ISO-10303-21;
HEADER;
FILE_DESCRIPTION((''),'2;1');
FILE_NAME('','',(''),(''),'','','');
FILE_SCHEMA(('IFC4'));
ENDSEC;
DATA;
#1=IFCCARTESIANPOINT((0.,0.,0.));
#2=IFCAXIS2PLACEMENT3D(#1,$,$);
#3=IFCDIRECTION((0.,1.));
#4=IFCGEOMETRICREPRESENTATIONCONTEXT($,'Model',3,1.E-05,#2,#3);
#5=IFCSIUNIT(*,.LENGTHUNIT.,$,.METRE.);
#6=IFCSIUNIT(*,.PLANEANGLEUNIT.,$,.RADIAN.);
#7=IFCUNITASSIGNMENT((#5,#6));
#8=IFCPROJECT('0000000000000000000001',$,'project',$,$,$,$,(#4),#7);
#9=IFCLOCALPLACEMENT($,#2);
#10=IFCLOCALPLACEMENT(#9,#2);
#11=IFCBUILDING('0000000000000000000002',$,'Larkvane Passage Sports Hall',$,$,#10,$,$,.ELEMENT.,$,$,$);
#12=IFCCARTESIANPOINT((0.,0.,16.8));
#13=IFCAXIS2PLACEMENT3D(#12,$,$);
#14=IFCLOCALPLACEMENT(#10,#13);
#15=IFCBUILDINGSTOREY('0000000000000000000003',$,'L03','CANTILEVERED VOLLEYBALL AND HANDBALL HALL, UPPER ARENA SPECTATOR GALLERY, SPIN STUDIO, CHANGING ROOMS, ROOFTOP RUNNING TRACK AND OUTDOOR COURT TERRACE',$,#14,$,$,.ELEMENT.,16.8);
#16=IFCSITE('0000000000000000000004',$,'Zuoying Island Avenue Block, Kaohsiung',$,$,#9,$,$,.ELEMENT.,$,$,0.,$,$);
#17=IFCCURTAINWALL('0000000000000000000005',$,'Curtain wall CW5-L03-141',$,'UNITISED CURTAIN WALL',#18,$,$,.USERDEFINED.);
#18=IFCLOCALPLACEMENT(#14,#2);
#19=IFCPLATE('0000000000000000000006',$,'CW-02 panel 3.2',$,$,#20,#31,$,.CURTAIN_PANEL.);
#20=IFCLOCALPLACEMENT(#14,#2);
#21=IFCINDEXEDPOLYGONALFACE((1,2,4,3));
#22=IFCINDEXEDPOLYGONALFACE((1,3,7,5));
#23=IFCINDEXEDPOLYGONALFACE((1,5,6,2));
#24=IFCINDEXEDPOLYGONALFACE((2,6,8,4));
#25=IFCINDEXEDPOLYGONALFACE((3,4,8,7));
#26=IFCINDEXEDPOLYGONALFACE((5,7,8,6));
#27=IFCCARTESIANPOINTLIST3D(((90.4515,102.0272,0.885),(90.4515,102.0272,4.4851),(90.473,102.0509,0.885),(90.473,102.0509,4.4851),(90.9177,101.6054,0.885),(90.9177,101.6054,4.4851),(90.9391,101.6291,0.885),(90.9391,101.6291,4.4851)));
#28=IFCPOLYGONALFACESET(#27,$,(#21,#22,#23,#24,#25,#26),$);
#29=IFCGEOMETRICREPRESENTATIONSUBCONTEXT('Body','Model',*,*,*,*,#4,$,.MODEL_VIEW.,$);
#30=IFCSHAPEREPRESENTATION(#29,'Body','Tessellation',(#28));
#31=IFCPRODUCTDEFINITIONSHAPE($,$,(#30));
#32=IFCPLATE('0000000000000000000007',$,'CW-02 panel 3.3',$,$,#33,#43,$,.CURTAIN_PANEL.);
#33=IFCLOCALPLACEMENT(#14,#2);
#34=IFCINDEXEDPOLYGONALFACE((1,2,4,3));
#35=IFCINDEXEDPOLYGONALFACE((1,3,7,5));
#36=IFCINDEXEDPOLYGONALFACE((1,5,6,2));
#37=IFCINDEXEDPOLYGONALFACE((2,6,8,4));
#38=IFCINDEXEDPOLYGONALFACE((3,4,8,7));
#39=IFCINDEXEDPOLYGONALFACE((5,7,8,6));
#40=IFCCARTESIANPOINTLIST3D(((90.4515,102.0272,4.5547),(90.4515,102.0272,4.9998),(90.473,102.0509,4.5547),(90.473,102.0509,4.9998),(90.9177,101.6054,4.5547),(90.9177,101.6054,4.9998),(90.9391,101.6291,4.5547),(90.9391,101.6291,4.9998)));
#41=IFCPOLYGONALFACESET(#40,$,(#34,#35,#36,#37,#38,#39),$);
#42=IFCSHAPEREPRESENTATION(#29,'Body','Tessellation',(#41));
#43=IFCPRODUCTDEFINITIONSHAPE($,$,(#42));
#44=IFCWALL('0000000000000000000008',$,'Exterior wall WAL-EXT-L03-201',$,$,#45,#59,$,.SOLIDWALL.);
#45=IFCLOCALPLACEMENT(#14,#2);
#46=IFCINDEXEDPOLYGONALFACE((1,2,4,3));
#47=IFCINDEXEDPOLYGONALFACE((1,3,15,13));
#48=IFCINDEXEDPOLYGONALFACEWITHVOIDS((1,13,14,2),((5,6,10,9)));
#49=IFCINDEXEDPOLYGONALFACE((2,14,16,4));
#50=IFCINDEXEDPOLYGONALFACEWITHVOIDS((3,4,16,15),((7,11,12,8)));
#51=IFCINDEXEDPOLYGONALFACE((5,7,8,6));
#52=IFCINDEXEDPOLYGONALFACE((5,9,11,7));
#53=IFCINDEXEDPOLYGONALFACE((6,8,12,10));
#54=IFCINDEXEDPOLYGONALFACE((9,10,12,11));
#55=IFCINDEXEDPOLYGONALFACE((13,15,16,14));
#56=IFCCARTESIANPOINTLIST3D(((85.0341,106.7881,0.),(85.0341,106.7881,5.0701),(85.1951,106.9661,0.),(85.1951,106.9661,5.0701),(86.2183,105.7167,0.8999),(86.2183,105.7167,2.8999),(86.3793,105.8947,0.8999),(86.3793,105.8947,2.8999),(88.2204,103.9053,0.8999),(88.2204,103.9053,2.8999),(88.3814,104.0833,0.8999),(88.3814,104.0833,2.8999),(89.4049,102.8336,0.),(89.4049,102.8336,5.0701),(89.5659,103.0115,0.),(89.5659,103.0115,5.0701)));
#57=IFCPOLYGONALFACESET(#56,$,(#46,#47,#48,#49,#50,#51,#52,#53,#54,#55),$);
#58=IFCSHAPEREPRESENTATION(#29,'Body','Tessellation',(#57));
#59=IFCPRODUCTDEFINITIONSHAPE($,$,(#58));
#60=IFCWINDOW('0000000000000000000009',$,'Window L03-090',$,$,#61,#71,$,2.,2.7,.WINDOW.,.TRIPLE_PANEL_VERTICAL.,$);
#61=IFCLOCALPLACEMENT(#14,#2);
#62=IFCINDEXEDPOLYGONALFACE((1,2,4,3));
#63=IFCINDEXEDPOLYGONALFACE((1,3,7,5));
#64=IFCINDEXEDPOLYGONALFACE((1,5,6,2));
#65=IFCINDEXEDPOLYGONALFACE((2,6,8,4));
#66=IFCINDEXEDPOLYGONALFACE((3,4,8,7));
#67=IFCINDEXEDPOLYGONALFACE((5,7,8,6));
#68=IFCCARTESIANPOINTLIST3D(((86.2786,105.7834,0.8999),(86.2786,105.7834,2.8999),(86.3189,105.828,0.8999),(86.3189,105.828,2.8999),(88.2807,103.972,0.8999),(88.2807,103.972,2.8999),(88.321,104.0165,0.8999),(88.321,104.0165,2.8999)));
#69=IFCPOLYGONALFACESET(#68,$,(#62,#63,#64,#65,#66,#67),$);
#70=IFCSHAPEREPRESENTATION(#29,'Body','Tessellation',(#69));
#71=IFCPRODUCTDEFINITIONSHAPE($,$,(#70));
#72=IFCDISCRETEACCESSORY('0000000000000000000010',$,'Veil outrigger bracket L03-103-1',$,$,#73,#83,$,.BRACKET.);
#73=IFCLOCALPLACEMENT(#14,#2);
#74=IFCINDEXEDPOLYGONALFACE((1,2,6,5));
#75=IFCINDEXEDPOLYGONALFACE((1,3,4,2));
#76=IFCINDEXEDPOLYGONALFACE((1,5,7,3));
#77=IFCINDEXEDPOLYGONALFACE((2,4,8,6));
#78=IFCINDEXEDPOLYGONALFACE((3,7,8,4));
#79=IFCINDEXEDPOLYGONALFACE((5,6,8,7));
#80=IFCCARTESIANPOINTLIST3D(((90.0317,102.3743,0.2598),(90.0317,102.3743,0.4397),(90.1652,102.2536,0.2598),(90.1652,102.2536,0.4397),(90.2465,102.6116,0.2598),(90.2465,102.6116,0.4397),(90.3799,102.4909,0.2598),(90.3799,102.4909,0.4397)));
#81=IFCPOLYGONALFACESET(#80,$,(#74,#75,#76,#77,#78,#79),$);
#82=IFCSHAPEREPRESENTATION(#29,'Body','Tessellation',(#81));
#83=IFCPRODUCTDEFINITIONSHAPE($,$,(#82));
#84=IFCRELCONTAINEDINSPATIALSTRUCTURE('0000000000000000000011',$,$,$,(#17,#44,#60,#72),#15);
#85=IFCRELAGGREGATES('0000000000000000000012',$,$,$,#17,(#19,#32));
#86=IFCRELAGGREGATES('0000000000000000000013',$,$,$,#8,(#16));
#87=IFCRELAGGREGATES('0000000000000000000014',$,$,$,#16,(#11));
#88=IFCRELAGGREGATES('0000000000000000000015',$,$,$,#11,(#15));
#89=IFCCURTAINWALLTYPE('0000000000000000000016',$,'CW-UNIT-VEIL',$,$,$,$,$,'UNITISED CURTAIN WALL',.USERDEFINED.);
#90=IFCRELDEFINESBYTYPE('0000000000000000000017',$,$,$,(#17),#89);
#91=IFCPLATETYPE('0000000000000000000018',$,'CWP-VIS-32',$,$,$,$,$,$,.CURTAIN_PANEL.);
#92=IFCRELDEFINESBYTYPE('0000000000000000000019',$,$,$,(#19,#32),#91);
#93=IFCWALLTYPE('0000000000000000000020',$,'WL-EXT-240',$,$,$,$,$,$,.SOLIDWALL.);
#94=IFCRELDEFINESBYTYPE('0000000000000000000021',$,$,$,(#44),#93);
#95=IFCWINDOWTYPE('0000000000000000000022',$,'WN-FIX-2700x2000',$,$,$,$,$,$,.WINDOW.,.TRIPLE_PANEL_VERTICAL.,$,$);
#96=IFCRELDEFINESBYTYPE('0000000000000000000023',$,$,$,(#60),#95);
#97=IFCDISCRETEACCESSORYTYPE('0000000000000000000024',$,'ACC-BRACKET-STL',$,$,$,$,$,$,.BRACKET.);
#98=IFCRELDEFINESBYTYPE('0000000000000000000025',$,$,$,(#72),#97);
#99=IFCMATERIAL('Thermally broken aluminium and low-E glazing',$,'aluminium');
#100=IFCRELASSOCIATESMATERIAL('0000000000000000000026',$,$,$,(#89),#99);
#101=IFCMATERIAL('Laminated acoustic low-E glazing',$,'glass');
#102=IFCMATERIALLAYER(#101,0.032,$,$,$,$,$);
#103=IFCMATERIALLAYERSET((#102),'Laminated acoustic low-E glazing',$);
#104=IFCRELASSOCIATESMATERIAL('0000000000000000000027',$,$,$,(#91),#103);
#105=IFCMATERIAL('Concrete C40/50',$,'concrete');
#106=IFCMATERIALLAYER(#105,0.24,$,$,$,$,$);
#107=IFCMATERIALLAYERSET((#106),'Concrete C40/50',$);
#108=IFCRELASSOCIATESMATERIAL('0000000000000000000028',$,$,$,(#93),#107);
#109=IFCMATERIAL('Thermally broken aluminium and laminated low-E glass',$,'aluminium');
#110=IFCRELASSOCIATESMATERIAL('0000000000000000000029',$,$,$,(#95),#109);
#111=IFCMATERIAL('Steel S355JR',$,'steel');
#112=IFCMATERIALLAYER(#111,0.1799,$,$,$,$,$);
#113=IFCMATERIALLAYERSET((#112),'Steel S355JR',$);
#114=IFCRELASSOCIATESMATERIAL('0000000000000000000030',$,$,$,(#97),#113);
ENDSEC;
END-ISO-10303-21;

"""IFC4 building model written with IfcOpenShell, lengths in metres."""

from ifc_helpers import new_model, si_unit, direction, frame, frame_2d, origin, origin_2d, place, context, subcontext, project, spatial, rectangle, extrude, material, layer, layer_set, type_object, element, fill, aggregate, save


model = new_model("IFC4")

# Units and contexts
model_context = context("Model", 3, precision=1e-05, world=origin(), true_north=direction((0.0, 1.0)))
body_context = subcontext(model_context, "Body", "Model", "MODEL_VIEW")
ifc_project = project(units=[si_unit("LENGTHUNIT", "METRE"), si_unit("PLANEANGLEUNIT", "RADIAN")], contexts=[model_context])

# Site, building, storey
site_placement = place(None, origin())
site = spatial("IfcSite", under=ifc_project, at=site_placement, Name="Zuoying Island Avenue Block, Kaohsiung", CompositionType="ELEMENT", RefElevation=0.0)
building_placement = place(site_placement, origin())
building = spatial("IfcBuilding", under=site, at=building_placement, Name="Larkvane Passage Sports Hall", CompositionType="ELEMENT")
storey_placement = place(building_placement, frame((0.0, 0.0, 16.8)))
storey = spatial("IfcBuildingStorey", under=building, at=storey_placement, Name="L03", Description="CANTILEVERED VOLLEYBALL AND HANDBALL HALL, UPPER ARENA SPECTATOR GALLERY, SPIN STUDIO, CHANGING ROOMS, ROOFTOP RUNNING TRACK AND OUTDOOR COURT TERRACE", CompositionType="ELEMENT", Elevation=16.8)

# Shared definitions
ifc_material_1 = material(Name="Thermally broken aluminium and low-E glazing", Category="aluminium")

# Curtain wall
curtain_wall_type_1 = type_object("IfcCurtainWallType", Name="CW-UNIT-VEIL", ElementType="UNITISED CURTAIN WALL", PredefinedType="USERDEFINED", material=ifc_material_1)
curtain_wall_1_placement = place(storey_placement, origin())
curtain_wall_1 = element("IfcCurtainWall", 1, at=curtain_wall_1_placement, inside=storey, type_object=curtain_wall_type_1, Name="Curtain wall CW5-L03-141", ObjectType="UNITISED CURTAIN WALL", PredefinedType="USERDEFINED")

# Plates
ifc_material_2 = material(Name="Laminated acoustic low-E glazing", Category="glass")
ifc_layer_1 = layer(ifc_material_2, 0.032)
ifc_layer_set_1 = layer_set([ifc_layer_1], Name="Laminated acoustic low-E glazing")
plate_type_1 = type_object("IfcPlateType", Name="CWP-VIS-32", PredefinedType="CURTAIN_PANEL", material=ifc_layer_set_1)
plate_1_placement = place(storey_placement, frame((90.6953, 101.8281, 0.885), z_axis=(0.0, 0.0, 1.0), x_axis=(0.741534, -0.670915, 0.0)))
plate_1 = element("IfcPlate", 2, at=plate_1_placement, type_object=plate_type_1, Name="CW-02 panel 3.2", PredefinedType="CURTAIN_PANEL", context=body_context, shape_type="SweptSolid", body=[
    extrude(rectangle(XDim=0.6287, YDim=0.032, at=origin_2d()), origin(), (0.0, 0.0, 1.0), 3.6001),
])
plate_2_placement = place(storey_placement, frame((90.6953, 101.8281, 4.5547), z_axis=(0.0, 0.0, 1.0), x_axis=(0.741534, -0.670915, 0.0)))
plate_2 = element("IfcPlate", 3, at=plate_2_placement, type_object=plate_type_1, Name="CW-02 panel 3.3", PredefinedType="CURTAIN_PANEL", context=body_context, shape_type="SweptSolid", body=[
    extrude(rectangle(XDim=0.6287, YDim=0.032, at=origin_2d()), origin(), (0.0, 0.0, 1.0), 0.4451),
])
aggregate(curtain_wall_1, [plate_1, plate_2])

# Wall, opening, window
ifc_material_3 = material(Name="Concrete C40/50", Category="concrete")
ifc_layer_2 = layer(ifc_material_3, 0.24)
ifc_layer_set_2 = layer_set([ifc_layer_2], Name="Concrete C40/50")
wall_type = type_object("IfcWallType", Name="WL-EXT-240", PredefinedType="SOLIDWALL", material=ifc_layer_set_2)
wall_placement = place(storey_placement, frame((85.1145, 106.8772, 0.0), z_axis=(0.0, 0.0, 1.0), x_axis=(0.741535, -0.670914, 0.0)))
wall = element("IfcWall", 4, at=wall_placement, inside=storey, type_object=wall_type, Name="Exterior wall WAL-EXT-L03-201", PredefinedType="SOLIDWALL", context=body_context, shape_type="SweptSolid", body=[
    extrude(rectangle(XDim=5.8943, YDim=0.24, at=frame_2d((2.9473, 0.0))), origin(), (0.0, 0.0, 1.0), 5.0701),
])
opening_placement = place(wall_placement, frame((1.5969, 0.0, 0.8999)))
opening = element("IfcOpeningElement", 5, at=opening_placement, cuts=wall, PredefinedType="OPENING", context=body_context, shape_type="SweptSolid", body=[
    extrude(rectangle(XDim=2.7, YDim=2.0, at=frame_2d((1.3501, 1.0))), frame((0.0, 0.1299, 0.0), z_axis=(0.0, -1.0, 0.0), x_axis=(1.0, 0.0, 0.0)), (0.0, 0.0, 1.0), 0.26),
])
ifc_material_4 = material(Name="Thermally broken aluminium and laminated low-E glass", Category="aluminium")
window_type = type_object("IfcWindowType", Name="WN-FIX-2700x2000", PartitioningType="TRIPLE_PANEL_VERTICAL", PredefinedType="WINDOW", material=ifc_material_4)
window_placement = place(opening_placement, origin())
window = element("IfcWindow", 6, at=window_placement, inside=storey, type_object=window_type, Name="Window L03-090", OverallHeight=2.0, OverallWidth=2.7, PartitioningType="TRIPLE_PANEL_VERTICAL", PredefinedType="WINDOW", context=body_context, shape_type="SweptSolid", body=[
    extrude(rectangle(XDim=2.7, YDim=2.0, at=frame_2d((1.3501, 1.0))), frame((0.0, 0.03, 0.0), z_axis=(0.0, -1.0, 0.0), x_axis=(1.0, 0.0, 0.0)), (0.0, 0.0, 1.0), 0.0601),
])
fill(opening, window)

# Discrete accessory
ifc_material_5 = material(Name="Steel S355JR", Category="steel")
ifc_layer_3 = layer(ifc_material_5, 0.1799)
ifc_layer_set_3 = layer_set([ifc_layer_3], Name="Steel S355JR")
discrete_accessory_type = type_object("IfcDiscreteAccessoryType", Name="ACC-BRACKET-STL", PredefinedType="BRACKET", material=ifc_layer_set_3)
discrete_accessory_placement = place(storey_placement, frame((90.2058, 102.4326, 0.2598), z_axis=(0.0, 0.0, 1.0), x_axis=(0.741536, -0.670913, 0.0)))
element("IfcDiscreteAccessory", 7, at=discrete_accessory_placement, inside=storey, type_object=discrete_accessory_type, Name="Veil outrigger bracket L03-103-1", PredefinedType="BRACKET", context=body_context, shape_type="SweptSolid", body=[
    extrude(rectangle(XDim=0.1799, YDim=0.3201, at=origin_2d()), origin(), (0.0, 0.0, 1.0), 0.1799),
])

save(model, "model.ifc")
